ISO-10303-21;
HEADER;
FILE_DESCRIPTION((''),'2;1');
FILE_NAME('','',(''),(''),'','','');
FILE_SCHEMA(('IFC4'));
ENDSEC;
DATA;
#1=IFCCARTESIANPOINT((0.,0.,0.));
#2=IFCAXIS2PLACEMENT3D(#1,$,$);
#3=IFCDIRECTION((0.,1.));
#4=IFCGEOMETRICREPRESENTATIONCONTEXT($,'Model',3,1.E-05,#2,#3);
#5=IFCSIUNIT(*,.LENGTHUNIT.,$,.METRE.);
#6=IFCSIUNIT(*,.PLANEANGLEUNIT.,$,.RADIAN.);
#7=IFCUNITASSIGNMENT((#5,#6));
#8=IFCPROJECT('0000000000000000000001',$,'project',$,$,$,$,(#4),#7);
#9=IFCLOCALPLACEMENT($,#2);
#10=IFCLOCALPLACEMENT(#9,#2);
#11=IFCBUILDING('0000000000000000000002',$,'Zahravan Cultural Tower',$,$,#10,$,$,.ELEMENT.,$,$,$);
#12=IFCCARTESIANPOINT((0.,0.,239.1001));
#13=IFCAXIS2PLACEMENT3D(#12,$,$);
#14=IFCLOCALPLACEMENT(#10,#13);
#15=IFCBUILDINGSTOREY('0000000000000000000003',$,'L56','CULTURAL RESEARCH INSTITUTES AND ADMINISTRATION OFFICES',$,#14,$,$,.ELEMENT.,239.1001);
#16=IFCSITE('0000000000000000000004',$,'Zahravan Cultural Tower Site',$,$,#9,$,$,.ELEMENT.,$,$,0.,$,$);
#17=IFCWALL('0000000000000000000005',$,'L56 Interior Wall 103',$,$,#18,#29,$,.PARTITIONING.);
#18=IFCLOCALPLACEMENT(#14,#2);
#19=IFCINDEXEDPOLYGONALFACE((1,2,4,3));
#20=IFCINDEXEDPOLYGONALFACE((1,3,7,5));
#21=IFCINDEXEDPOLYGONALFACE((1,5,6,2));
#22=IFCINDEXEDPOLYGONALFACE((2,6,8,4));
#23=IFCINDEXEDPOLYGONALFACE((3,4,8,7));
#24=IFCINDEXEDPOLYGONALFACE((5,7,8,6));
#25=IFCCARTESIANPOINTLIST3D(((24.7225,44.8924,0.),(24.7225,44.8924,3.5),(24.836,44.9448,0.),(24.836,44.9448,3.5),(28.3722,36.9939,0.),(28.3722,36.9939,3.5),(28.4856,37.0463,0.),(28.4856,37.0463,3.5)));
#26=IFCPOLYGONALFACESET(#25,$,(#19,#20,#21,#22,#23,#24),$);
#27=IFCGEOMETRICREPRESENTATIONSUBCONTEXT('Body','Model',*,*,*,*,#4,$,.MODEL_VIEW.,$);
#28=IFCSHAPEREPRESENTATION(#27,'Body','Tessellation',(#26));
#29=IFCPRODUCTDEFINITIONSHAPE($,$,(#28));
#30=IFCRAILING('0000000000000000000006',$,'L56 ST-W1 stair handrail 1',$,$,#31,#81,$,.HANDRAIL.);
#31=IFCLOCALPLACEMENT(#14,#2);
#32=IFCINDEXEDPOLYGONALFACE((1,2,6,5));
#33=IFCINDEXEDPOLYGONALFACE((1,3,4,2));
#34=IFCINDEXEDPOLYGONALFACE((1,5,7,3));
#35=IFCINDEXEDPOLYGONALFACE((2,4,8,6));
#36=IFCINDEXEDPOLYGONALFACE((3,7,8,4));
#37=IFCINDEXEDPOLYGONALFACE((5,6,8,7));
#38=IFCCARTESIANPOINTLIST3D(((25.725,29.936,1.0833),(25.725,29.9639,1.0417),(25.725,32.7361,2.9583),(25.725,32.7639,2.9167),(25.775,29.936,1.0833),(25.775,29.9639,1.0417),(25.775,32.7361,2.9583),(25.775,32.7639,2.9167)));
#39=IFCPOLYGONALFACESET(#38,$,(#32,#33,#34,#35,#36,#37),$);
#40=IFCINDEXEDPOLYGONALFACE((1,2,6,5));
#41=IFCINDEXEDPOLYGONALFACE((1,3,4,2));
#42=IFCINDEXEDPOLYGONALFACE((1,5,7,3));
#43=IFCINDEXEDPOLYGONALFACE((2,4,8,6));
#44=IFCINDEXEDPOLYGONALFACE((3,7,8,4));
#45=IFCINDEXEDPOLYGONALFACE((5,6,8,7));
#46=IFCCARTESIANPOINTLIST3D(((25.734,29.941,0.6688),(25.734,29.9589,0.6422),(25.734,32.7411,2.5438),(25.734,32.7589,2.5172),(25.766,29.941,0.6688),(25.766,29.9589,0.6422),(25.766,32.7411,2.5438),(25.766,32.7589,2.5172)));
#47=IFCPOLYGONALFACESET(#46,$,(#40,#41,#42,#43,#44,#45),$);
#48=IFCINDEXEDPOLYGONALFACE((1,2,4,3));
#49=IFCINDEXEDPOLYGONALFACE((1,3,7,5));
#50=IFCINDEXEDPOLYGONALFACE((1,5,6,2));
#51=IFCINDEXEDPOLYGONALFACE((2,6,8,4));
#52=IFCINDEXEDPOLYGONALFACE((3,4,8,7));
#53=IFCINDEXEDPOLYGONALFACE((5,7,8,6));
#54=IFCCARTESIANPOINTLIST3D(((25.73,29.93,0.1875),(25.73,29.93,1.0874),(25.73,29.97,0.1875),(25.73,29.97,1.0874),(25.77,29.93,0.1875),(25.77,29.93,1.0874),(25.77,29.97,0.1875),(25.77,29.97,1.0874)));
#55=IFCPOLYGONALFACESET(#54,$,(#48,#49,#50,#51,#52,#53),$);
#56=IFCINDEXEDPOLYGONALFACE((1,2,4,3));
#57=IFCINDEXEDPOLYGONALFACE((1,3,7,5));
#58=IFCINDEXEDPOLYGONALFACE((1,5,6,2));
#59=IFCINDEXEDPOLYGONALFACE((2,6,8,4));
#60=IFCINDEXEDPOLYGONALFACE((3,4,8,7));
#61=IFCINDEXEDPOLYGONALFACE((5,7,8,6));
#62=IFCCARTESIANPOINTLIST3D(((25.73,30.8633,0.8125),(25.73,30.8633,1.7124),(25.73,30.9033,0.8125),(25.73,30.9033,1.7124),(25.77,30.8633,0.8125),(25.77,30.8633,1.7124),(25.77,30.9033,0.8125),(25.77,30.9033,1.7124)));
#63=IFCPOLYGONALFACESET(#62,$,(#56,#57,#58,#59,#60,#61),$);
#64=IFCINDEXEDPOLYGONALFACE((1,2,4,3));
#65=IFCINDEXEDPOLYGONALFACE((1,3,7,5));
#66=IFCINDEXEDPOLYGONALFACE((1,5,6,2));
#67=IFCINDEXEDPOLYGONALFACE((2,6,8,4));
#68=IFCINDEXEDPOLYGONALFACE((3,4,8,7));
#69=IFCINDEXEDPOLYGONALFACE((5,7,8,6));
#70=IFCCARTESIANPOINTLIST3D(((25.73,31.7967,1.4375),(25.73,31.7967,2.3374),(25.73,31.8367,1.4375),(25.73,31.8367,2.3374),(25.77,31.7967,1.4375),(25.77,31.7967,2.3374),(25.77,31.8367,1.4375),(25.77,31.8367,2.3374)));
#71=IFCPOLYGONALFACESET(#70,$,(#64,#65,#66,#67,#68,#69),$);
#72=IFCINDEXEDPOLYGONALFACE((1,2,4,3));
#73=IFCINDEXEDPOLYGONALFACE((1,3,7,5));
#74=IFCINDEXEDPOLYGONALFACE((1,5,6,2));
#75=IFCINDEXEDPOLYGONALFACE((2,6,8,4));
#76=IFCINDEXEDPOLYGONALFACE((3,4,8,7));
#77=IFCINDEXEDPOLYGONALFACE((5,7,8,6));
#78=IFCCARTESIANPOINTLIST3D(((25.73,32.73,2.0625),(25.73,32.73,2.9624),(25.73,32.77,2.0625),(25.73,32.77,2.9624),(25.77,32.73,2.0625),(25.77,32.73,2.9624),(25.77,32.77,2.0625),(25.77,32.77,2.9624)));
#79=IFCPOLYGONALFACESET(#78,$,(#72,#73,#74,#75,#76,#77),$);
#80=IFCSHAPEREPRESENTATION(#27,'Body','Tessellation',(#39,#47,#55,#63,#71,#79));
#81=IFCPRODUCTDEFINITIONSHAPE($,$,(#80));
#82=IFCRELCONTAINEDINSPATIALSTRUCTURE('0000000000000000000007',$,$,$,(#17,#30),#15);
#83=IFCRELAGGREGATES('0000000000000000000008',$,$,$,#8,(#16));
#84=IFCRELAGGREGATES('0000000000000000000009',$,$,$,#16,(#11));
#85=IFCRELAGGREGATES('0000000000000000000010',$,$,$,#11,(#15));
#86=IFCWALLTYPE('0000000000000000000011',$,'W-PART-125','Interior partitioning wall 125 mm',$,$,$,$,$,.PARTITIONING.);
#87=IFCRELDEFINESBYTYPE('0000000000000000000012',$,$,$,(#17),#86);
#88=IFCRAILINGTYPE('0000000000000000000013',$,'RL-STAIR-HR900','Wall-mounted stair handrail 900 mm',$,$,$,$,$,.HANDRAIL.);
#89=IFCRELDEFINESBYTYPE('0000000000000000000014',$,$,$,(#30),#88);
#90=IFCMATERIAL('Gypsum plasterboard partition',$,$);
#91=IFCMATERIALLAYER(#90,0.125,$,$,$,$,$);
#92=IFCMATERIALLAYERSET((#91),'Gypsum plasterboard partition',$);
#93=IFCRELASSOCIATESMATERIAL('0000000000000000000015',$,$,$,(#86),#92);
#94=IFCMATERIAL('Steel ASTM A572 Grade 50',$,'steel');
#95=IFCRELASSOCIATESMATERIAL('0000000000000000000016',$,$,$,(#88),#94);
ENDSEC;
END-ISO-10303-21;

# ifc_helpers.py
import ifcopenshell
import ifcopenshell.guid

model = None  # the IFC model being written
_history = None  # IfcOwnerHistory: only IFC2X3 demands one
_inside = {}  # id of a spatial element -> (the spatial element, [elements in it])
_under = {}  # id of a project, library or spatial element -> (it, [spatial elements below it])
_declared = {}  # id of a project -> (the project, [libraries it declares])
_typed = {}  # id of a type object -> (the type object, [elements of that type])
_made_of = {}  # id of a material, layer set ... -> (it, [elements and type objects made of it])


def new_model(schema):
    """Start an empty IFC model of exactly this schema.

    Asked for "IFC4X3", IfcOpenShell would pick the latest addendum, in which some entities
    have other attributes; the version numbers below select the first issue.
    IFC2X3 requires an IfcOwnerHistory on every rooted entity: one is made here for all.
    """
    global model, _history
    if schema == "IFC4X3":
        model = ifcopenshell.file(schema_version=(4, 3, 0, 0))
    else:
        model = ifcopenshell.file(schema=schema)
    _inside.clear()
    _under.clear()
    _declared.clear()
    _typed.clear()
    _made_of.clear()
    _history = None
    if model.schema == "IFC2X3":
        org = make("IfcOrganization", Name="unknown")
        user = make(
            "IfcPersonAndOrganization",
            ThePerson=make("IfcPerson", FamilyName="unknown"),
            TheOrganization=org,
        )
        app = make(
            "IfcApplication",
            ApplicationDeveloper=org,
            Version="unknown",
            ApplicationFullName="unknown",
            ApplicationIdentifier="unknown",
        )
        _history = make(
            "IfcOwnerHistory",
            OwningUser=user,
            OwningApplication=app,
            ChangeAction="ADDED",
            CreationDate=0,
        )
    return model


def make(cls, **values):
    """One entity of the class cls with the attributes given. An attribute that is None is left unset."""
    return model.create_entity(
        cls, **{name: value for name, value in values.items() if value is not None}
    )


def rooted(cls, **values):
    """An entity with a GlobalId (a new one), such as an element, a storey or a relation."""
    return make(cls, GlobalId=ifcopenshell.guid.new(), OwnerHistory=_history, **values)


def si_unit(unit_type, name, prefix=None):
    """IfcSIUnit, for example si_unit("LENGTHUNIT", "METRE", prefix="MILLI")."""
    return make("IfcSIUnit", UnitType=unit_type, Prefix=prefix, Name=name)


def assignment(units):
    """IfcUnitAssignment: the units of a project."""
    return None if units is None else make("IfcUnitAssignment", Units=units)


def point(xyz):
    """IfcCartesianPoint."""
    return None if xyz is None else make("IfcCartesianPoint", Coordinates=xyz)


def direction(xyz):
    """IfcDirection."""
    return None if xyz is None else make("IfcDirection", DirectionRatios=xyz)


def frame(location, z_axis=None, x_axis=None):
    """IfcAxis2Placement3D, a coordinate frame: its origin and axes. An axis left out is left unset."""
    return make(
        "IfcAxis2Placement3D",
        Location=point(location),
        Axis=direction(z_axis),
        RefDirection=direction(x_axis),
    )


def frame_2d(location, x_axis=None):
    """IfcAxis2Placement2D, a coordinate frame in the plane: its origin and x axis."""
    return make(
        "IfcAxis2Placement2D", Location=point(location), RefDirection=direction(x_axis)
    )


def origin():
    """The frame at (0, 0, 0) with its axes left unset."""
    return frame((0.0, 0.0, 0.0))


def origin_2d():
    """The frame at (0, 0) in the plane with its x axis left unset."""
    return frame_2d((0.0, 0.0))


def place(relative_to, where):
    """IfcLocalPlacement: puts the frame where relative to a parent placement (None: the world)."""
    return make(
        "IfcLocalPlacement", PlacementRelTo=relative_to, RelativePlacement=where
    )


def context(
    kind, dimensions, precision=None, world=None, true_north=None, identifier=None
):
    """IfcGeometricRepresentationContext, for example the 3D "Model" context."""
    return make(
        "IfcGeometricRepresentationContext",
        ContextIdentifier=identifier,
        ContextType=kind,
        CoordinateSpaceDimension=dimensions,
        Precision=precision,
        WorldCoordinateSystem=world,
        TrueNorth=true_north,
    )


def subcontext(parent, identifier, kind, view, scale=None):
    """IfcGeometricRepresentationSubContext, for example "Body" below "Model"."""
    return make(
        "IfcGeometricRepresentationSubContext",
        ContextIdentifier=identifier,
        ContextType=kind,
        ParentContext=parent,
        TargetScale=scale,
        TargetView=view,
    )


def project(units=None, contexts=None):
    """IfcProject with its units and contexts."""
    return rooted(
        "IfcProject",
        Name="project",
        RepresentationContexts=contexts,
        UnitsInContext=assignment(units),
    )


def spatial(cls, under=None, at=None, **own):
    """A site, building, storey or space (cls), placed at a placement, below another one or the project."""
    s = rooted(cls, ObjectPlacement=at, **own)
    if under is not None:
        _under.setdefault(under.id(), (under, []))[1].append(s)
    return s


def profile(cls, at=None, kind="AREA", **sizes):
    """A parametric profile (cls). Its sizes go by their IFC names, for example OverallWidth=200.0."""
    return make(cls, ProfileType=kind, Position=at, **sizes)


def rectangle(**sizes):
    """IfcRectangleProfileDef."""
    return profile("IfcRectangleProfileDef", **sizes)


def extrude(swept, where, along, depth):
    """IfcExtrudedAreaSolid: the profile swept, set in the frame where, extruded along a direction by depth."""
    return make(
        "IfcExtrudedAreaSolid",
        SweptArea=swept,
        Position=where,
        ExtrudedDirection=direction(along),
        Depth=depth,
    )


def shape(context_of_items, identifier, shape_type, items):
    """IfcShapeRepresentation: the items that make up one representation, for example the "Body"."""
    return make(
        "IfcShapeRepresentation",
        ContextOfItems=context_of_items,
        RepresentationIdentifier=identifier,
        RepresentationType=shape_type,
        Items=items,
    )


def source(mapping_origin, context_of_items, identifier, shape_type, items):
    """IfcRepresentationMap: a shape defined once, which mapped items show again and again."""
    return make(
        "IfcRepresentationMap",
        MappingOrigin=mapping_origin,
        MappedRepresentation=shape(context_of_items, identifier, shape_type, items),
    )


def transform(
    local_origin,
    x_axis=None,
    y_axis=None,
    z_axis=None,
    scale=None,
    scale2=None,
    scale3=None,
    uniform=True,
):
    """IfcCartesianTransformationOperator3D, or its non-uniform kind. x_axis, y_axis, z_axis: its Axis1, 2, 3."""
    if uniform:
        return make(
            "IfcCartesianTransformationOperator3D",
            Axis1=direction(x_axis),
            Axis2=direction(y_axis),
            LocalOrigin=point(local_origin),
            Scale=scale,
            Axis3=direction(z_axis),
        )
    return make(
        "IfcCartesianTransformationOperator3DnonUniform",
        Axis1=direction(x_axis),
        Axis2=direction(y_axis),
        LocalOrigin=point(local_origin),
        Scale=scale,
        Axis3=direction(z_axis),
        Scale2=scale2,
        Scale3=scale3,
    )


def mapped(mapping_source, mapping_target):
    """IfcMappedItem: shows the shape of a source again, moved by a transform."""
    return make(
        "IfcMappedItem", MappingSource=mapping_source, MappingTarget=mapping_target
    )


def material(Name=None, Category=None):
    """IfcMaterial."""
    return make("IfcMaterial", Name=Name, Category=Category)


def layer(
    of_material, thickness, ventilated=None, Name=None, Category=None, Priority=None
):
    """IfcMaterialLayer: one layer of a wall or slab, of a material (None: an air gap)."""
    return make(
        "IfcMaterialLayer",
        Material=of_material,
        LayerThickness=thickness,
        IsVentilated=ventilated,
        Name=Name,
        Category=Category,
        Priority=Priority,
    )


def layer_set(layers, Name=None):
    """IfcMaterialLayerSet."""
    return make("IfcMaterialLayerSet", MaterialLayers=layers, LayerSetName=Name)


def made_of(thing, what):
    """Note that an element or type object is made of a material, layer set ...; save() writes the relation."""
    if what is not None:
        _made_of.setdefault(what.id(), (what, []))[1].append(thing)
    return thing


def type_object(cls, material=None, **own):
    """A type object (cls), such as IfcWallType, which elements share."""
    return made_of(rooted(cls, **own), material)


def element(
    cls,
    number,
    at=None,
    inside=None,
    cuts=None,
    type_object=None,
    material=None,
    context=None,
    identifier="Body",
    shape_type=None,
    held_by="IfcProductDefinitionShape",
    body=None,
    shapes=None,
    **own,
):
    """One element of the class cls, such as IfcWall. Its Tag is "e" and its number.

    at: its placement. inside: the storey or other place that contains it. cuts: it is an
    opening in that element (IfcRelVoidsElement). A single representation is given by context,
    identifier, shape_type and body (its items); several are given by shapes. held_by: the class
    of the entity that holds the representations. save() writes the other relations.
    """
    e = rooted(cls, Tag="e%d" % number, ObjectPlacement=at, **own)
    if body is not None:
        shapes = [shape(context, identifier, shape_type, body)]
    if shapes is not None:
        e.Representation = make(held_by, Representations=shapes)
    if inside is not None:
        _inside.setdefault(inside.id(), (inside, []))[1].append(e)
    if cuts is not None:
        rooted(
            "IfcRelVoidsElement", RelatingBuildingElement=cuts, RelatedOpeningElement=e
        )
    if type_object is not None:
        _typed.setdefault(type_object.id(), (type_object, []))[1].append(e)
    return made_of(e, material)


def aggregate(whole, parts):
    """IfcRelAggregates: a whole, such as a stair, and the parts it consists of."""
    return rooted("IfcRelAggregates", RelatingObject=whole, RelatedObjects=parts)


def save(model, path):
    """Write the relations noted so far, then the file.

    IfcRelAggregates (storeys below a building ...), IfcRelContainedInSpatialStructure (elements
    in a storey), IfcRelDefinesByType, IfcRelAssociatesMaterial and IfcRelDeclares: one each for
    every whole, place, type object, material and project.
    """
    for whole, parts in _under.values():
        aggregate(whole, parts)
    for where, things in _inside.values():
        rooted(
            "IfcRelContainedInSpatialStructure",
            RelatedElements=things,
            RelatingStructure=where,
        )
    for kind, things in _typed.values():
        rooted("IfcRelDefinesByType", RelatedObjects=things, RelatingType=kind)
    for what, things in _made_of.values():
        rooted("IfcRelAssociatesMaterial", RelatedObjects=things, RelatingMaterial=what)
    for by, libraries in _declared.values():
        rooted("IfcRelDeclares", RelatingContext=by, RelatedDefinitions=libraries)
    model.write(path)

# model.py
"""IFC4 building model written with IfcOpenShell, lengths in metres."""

from ifc_helpers import new_model, si_unit, direction, frame, frame_2d, origin, origin_2d, place, context, subcontext, project, spatial, rectangle, extrude, source, transform, mapped, material, layer, layer_set, type_object, element, save


model = new_model("IFC4")

# Units and contexts
model_context = context("Model", 3, precision=1e-05, world=origin(), true_north=direction((0.0, 1.0)))
body_context = subcontext(model_context, "Body", "Model", "MODEL_VIEW")
ifc_project = project(units=[si_unit("LENGTHUNIT", "METRE"), si_unit("PLANEANGLEUNIT", "RADIAN")], contexts=[model_context])

# Site, building, storey
site_placement = place(None, origin())
site = spatial("IfcSite", under=ifc_project, at=site_placement, Name="Zahravan Cultural Tower Site", CompositionType="ELEMENT", RefElevation=0.0)
building_placement = place(site_placement, origin())
building = spatial("IfcBuilding", under=site, at=building_placement, Name="Zahravan Cultural Tower", CompositionType="ELEMENT")
storey_placement = place(building_placement, frame((0.0, 0.0, 239.1001)))
storey = spatial("IfcBuildingStorey", under=building, at=storey_placement, Name="L56", Description="CULTURAL RESEARCH INSTITUTES AND ADMINISTRATION OFFICES", CompositionType="ELEMENT", Elevation=239.1001)

# Shared definitions
ifc_material_1 = material(Name="Gypsum plasterboard partition")
ifc_layer_1 = layer(ifc_material_1, 0.125)
ifc_layer_set_1 = layer_set([ifc_layer_1], Name="Gypsum plasterboard partition")
wall_type_1 = type_object("IfcWallType", Name="W-PART-125", Description="Interior partitioning wall 125 mm", PredefinedType="PARTITIONING", material=ifc_layer_set_1)
ifc_material_2 = material(Name="Steel ASTM A572 Grade 50", Category="steel")

# Wall
shared_shape_1 = source(origin(), body_context, "Body", "SweptSolid", [
    extrude(rectangle(XDim=8.7009, YDim=0.125, at=frame_2d((4.3506, 0.0))), origin(), (0.0, 0.0, 1.0), 3.5),
])
wall_1_placement = place(storey_placement, frame((28.429, 37.02, 0.0), z_axis=(0.0, 0.0, 1.0), x_axis=(-0.419458, 0.907775, 0.0)))
element("IfcWall", 1, at=wall_1_placement, inside=storey, type_object=wall_type_1, Name="L56 Interior Wall 103", PredefinedType="PARTITIONING", context=body_context, shape_type="MappedRepresentation", body=[
    mapped(shared_shape_1, transform((0.0, 0.0, 0.0), x_axis=(1.0, 0.0, 0.0), y_axis=(0.0, 1.0, 0.0), z_axis=(0.0, 0.0, 1.0), scale=1.0)),
])

# Railing
railing_type = type_object("IfcRailingType", Name="RL-STAIR-HR900", Description="Wall-mounted stair handrail 900 mm", PredefinedType="HANDRAIL", material=ifc_material_2)
railing_placement = place(storey_placement, frame((25.75, 29.95, 0.1875)))
element("IfcRailing", 2, at=railing_placement, inside=storey, type_object=railing_type, Name="L56 ST-W1 stair handrail 1", PredefinedType="HANDRAIL", context=body_context, shape_type="SweptSolid", body=[
    extrude(rectangle(XDim=0.05, YDim=0.05, at=origin_2d()), frame((0.0, 0.0, 0.875), z_axis=(0.0, 0.830912, 0.556404), x_axis=(-1.0, 0.0, 0.0)), (0.0, 0.0, 1.0), 3.3699),
    extrude(rectangle(XDim=0.032, YDim=0.032, at=origin_2d()), frame((0.0, 0.0, 0.468), z_axis=(0.0, 0.830912, 0.556404), x_axis=(-1.0, 0.0, 0.0)), (0.0, 0.0, 1.0), 3.3699),
    extrude(rectangle(XDim=0.04, YDim=0.04, at=origin_2d()), origin(), (0.0, 0.0, 1.0), 0.8999),
    extrude(rectangle(XDim=0.04, YDim=0.04, at=origin_2d()), frame((0.0, 0.9333, 0.625)), (0.0, 0.0, 1.0), 0.8999),
    extrude(rectangle(XDim=0.04, YDim=0.04, at=origin_2d()), frame((0.0, 1.8667, 1.25)), (0.0, 0.0, 1.0), 0.8999),
    extrude(rectangle(XDim=0.04, YDim=0.04, at=origin_2d()), frame((0.0, 2.8, 1.875)), (0.0, 0.0, 1.0), 0.8999),
])

save(model, "model.ifc")
